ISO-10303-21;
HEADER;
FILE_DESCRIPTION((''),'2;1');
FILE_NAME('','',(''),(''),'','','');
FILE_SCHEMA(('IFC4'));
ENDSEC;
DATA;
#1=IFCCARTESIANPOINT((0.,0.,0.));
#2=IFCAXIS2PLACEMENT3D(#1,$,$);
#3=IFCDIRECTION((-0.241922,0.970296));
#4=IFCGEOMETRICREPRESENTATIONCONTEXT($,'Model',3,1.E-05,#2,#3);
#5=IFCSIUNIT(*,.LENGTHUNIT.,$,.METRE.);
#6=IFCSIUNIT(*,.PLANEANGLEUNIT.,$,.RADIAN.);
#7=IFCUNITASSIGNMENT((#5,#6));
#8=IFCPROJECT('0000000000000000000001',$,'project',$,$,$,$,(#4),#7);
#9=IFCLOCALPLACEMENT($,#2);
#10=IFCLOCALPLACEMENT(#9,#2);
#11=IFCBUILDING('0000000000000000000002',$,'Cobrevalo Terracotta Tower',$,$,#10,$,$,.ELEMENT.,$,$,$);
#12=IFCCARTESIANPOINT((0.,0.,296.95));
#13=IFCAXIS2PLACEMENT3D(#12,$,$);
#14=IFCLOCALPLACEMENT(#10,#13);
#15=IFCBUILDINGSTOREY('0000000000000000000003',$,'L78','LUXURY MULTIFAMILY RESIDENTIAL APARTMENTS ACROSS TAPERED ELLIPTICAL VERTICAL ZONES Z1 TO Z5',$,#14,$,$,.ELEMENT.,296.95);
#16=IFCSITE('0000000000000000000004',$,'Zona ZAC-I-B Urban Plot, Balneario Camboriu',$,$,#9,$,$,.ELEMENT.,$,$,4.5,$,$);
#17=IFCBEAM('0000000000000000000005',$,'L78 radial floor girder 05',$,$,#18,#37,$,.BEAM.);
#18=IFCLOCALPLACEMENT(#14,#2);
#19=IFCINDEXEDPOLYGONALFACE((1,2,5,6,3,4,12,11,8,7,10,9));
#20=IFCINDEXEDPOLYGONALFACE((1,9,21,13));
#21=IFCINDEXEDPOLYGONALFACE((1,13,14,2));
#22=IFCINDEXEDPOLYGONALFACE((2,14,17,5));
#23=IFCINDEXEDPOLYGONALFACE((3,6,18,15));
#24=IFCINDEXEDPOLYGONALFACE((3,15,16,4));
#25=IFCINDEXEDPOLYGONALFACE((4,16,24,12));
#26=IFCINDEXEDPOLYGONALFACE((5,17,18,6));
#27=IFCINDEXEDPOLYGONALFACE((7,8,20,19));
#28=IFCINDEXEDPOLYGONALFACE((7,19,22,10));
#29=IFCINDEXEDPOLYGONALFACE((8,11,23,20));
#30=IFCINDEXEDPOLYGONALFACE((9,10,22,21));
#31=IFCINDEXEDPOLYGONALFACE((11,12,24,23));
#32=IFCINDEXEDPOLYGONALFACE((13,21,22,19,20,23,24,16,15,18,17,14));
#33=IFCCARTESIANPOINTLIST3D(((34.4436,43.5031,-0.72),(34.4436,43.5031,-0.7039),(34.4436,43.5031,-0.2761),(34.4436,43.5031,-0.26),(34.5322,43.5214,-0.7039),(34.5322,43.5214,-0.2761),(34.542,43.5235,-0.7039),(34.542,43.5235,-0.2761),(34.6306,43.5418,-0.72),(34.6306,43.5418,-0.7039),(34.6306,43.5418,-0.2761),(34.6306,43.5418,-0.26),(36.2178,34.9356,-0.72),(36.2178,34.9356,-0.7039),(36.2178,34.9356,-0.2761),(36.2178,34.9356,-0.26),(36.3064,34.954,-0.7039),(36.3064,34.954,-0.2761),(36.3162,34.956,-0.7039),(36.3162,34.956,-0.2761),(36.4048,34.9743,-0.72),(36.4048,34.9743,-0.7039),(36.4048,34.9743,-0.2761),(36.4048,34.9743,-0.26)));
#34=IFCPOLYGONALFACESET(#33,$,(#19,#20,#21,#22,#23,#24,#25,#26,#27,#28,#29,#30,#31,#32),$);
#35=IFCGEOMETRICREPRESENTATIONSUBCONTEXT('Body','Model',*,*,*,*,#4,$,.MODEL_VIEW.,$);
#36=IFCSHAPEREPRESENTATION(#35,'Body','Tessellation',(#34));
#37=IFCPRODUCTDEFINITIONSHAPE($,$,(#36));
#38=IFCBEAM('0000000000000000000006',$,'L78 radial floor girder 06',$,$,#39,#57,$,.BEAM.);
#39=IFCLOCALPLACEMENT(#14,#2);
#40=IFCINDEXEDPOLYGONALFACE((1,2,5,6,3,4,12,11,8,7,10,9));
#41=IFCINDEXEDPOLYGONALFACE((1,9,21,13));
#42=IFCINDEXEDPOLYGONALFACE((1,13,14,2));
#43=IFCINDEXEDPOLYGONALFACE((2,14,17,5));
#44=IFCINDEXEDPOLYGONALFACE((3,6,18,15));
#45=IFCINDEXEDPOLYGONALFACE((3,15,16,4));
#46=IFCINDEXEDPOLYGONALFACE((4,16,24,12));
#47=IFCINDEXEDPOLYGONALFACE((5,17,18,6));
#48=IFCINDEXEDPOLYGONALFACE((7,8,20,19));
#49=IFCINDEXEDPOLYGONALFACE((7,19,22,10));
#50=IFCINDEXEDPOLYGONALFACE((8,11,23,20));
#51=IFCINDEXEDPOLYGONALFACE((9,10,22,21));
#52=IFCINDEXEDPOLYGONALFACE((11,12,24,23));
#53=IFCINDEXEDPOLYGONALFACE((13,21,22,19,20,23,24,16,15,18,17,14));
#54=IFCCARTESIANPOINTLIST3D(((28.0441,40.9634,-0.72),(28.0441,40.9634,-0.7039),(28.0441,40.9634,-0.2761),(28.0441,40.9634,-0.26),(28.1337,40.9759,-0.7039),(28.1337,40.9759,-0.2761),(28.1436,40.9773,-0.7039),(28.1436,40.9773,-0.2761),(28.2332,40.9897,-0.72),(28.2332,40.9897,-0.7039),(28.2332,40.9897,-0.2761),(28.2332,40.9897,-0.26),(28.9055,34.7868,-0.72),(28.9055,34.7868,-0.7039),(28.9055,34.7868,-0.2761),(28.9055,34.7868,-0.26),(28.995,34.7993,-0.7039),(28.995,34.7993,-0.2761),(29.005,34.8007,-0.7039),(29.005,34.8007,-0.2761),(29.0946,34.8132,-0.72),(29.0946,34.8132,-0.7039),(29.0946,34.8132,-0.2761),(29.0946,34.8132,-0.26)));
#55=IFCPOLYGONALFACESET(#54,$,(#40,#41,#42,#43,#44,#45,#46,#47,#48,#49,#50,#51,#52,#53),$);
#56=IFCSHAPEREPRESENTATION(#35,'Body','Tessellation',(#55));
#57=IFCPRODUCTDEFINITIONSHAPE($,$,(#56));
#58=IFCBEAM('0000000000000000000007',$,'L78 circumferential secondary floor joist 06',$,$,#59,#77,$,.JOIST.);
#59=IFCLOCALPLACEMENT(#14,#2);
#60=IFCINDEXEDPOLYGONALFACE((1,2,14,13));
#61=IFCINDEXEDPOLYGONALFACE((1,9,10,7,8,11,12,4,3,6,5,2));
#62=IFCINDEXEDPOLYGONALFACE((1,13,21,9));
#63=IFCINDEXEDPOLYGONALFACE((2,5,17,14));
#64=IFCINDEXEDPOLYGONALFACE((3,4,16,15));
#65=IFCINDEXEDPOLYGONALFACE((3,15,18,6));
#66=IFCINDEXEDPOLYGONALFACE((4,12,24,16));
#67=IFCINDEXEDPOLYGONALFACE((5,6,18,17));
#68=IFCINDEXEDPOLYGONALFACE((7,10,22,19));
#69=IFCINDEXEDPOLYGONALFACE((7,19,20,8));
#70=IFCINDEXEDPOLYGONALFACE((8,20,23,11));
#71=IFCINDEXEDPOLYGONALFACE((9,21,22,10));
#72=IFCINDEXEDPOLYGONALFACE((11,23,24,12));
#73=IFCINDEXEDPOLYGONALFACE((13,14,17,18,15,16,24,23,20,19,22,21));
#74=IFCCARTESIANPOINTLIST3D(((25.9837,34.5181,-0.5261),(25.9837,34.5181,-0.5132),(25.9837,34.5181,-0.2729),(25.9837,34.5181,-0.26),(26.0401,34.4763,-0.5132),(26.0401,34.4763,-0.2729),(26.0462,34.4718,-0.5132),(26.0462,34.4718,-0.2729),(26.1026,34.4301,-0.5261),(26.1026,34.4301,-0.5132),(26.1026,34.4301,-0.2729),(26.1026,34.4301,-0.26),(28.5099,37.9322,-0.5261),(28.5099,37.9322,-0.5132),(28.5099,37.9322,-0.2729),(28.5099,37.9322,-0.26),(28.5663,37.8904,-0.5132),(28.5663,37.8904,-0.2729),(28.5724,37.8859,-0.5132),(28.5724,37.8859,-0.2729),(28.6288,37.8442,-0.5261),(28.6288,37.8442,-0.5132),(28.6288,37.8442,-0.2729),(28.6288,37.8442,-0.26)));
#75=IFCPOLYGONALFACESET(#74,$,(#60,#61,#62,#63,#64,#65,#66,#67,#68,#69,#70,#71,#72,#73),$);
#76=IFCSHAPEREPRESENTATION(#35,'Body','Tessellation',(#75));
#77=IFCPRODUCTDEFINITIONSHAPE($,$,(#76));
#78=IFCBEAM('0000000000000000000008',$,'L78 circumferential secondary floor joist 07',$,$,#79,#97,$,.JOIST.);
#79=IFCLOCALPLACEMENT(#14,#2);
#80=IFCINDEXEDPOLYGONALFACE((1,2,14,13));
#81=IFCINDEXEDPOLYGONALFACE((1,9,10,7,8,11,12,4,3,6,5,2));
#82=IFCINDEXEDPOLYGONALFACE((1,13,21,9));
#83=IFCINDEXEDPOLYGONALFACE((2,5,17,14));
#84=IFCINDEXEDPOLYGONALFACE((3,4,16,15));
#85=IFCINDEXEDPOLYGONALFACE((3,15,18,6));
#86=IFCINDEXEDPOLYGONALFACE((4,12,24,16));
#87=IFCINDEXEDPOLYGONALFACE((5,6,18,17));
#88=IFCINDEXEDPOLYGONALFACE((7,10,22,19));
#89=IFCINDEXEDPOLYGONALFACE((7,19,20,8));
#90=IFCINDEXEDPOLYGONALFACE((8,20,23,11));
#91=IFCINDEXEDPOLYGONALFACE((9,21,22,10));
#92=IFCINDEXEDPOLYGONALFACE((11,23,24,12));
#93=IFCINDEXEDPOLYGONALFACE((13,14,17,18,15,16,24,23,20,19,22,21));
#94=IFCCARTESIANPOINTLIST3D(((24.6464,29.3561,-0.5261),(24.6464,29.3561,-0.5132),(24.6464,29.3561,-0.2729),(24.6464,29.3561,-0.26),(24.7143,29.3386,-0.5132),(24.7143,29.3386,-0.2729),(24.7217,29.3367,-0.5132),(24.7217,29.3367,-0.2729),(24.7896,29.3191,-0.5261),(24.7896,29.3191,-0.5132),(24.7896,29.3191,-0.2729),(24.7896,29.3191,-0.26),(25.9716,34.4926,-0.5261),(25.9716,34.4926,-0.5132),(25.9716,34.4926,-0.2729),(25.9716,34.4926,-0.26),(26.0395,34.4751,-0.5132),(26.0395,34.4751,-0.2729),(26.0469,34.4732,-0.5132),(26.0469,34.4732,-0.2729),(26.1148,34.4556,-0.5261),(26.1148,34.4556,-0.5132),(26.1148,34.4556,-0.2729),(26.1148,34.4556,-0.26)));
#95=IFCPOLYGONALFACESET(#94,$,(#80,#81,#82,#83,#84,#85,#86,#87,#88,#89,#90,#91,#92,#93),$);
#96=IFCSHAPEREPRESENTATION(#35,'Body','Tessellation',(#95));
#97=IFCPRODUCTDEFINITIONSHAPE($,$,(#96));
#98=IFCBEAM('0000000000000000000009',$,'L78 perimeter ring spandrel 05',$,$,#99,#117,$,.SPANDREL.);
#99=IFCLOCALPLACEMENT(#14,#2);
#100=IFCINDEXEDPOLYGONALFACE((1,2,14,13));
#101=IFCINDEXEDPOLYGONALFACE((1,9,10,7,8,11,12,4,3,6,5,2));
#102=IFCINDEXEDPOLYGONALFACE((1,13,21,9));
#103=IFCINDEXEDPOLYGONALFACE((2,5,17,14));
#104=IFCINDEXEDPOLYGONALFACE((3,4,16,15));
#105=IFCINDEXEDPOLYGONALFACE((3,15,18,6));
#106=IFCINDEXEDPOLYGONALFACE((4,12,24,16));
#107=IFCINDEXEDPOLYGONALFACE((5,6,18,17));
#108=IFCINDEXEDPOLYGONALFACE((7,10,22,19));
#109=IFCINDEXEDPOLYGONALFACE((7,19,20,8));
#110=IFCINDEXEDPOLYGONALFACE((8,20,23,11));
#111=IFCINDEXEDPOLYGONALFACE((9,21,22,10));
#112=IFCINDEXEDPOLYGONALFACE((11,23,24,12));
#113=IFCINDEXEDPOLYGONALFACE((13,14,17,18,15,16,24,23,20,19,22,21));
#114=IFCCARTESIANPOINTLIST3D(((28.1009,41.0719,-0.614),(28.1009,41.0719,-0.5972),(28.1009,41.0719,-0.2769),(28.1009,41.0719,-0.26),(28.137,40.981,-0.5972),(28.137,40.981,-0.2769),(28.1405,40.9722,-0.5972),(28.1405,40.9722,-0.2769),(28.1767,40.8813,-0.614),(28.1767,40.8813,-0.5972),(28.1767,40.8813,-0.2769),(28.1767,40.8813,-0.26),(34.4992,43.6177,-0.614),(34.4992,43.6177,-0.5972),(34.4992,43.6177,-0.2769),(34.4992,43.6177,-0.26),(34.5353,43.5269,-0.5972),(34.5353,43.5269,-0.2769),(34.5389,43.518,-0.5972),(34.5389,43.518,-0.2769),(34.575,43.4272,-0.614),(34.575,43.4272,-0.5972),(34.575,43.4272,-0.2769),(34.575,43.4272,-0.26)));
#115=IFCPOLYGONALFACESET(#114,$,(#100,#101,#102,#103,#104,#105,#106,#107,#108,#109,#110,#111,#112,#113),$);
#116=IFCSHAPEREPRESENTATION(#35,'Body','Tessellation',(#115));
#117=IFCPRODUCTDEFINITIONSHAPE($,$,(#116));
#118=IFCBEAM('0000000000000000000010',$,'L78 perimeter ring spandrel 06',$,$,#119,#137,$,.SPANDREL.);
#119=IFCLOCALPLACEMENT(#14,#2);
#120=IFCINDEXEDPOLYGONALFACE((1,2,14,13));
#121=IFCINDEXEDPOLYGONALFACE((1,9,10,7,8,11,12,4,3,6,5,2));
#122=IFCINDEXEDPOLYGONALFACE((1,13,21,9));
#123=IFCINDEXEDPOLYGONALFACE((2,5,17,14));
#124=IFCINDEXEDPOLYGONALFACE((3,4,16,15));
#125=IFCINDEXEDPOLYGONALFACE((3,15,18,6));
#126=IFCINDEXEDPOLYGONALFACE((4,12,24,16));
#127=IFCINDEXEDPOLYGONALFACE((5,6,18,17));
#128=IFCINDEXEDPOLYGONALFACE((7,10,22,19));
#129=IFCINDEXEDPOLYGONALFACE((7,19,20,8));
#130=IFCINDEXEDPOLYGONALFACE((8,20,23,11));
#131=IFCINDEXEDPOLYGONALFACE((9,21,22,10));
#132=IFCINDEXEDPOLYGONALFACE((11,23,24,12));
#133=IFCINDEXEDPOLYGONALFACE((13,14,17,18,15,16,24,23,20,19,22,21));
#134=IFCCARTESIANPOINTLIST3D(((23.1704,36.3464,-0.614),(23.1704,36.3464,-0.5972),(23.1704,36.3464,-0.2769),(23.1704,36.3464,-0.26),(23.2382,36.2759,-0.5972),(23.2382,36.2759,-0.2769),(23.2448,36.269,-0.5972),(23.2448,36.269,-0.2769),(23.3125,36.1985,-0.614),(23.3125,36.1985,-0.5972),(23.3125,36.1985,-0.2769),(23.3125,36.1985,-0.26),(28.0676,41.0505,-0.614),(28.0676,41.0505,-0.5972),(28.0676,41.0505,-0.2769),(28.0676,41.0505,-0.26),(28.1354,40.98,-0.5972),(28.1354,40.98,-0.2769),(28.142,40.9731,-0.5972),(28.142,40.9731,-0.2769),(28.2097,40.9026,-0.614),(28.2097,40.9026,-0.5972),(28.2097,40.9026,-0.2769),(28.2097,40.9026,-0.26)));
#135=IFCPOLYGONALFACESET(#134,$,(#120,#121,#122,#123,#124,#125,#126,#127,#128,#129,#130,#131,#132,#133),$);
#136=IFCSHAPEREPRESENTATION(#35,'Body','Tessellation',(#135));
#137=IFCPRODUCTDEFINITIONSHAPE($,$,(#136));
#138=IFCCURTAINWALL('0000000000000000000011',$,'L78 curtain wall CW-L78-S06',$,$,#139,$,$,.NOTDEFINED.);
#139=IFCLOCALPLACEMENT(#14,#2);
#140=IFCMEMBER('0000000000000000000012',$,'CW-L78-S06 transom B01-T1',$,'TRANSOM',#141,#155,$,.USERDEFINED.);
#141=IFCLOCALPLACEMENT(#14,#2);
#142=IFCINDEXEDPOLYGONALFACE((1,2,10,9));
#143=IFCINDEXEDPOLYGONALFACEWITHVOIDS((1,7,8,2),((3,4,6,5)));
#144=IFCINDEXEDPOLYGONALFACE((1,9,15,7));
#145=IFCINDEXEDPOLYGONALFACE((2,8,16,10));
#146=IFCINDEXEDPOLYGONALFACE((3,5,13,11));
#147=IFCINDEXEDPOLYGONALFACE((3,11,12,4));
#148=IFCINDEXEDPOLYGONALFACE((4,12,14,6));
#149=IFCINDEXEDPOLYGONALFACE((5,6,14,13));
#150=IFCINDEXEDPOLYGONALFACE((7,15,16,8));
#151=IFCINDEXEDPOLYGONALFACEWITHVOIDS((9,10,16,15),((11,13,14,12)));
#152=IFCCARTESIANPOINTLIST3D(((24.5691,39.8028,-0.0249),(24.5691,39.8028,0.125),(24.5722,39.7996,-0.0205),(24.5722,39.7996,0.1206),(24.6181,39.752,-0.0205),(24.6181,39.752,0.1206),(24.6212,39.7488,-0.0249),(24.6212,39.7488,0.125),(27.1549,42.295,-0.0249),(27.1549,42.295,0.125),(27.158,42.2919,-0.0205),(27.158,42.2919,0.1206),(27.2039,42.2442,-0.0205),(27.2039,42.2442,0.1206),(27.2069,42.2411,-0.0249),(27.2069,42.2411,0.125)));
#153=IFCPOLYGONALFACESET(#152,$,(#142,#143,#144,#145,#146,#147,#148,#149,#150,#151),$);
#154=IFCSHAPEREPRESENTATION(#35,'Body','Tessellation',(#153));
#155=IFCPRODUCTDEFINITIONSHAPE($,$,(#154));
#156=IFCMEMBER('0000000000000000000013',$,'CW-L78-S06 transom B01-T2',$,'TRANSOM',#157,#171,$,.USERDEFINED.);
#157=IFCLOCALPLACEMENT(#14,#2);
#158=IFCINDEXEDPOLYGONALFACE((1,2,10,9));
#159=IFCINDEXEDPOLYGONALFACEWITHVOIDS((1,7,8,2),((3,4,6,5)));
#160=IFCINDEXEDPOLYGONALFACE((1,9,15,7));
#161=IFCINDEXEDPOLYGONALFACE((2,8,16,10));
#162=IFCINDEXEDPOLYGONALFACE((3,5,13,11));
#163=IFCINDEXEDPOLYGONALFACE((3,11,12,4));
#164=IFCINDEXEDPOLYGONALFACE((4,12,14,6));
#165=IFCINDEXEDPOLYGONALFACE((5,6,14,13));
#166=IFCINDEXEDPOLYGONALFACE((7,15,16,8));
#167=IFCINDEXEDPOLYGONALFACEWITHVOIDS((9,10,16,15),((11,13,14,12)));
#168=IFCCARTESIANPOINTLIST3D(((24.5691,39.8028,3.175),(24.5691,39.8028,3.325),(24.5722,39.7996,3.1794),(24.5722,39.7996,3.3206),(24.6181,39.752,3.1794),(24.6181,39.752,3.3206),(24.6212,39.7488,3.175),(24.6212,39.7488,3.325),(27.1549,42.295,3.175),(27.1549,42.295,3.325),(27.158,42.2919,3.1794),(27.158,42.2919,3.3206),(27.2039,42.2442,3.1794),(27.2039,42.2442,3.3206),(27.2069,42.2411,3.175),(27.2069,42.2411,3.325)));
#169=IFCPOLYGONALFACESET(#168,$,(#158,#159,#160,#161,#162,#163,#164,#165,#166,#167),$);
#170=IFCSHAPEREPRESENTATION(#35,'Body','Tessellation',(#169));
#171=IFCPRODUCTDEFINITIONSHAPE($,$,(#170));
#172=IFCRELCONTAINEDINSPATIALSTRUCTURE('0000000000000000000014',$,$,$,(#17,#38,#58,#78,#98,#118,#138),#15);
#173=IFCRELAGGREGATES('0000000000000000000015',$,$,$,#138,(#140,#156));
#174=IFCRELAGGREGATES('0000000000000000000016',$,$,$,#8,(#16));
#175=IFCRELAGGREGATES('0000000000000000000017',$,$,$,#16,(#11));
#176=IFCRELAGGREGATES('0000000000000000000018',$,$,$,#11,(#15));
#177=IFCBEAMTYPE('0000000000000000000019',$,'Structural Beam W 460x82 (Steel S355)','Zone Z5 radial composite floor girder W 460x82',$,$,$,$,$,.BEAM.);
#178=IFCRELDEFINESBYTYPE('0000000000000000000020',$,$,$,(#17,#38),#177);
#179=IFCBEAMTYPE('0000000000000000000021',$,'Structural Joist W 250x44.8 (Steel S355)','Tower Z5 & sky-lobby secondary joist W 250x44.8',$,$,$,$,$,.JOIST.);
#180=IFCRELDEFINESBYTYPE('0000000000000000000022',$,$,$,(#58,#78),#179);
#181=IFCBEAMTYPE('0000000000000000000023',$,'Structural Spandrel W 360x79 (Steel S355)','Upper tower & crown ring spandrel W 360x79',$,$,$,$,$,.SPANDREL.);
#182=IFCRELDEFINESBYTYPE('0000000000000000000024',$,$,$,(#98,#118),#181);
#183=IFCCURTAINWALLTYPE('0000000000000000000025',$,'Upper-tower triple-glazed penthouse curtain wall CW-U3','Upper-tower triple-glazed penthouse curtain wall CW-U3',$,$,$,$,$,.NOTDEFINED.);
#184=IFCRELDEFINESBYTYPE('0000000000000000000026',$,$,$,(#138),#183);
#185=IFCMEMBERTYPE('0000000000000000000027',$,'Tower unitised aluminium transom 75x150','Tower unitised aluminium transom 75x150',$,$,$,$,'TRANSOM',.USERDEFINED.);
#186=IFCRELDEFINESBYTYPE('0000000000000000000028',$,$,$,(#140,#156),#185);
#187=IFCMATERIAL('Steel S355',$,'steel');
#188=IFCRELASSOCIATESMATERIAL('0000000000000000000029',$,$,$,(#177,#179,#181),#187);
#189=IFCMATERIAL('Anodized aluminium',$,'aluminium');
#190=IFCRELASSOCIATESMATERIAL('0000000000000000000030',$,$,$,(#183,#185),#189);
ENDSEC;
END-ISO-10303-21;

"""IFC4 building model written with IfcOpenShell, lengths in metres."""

from ifc_helpers import new_model, si_unit, direction, frame, origin, origin_2d, place, context, subcontext, project, spatial, hollow_rectangle, i_section, extrude, source, transform, mapped, material, material_profile, profile_set, type_object, element, aggregate, save


model = new_model("IFC4")

# Units and contexts
model_context = context("Model", 3, precision=1e-05, world=origin(), true_north=direction((-0.241922, 0.970296)))
body_context = subcontext(model_context, "Body", "Model", "MODEL_VIEW")
ifc_project = project(units=[si_unit("LENGTHUNIT", "METRE"), si_unit("PLANEANGLEUNIT", "RADIAN")], contexts=[model_context])

# Site, building, storey
site_placement = place(None, origin())
site = spatial("IfcSite", under=ifc_project, at=site_placement, Name="Zona ZAC-I-B Urban Plot, Balneario Camboriu", CompositionType="ELEMENT", RefElevation=4.5)
building_placement = place(site_placement, origin())
building = spatial("IfcBuilding", under=site, at=building_placement, Name="Cobrevalo Terracotta Tower", CompositionType="ELEMENT")
storey_placement = place(building_placement, frame((0.0, 0.0, 296.95)))
storey = spatial("IfcBuildingStorey", under=building, at=storey_placement, Name="L78", Description="LUXURY MULTIFAMILY RESIDENTIAL APARTMENTS ACROSS TAPERED ELLIPTICAL VERTICAL ZONES Z1 TO Z5", CompositionType="ELEMENT", Elevation=296.95)

# Shared definitions
ifc_material_1 = material(Name="Steel S355", Category="steel")

# Beams
ifc_material_profile_1 = material_profile(ifc_material_1, i_section(OverallWidth=0.1909, OverallDepth=0.46, WebThickness=0.01, FlangeThickness=0.0161, at=origin_2d()), Name="W 460x82")
ifc_profile_set_1 = profile_set([ifc_material_profile_1], Name="Steel S355")
beam_type_1 = type_object("IfcBeamType", Name="Structural Beam W 460x82 (Steel S355)", Description="Zone Z5 radial composite floor girder W 460x82", PredefinedType="BEAM", material=ifc_profile_set_1)
beam_1_placement = place(storey_placement, frame((34.5371, 43.5225, -0.49), z_axis=(0.202782, -0.979224, 0.0), x_axis=(0.979224, 0.202782, 0.0)))
element("IfcBeam", 1, at=beam_1_placement, inside=storey, type_object=beam_type_1, Name="L78 radial floor girder 05", PredefinedType="BEAM", context=body_context, shape_type="SweptSolid", body=[
    extrude(i_section(OverallWidth=0.1909, OverallDepth=0.46, WebThickness=0.01, FlangeThickness=0.0161, at=origin_2d()), origin(), (0.0, 0.0, 1.0), 8.7493),
])
beam_2_placement = place(storey_placement, frame((28.1387, 40.9766, -0.49), z_axis=(0.138116, -0.990416, 0.0), x_axis=(0.990416, 0.138116, 0.0)))
element("IfcBeam", 2, at=beam_2_placement, inside=storey, type_object=beam_type_1, Name="L78 radial floor girder 06", PredefinedType="BEAM", context=body_context, shape_type="SweptSolid", body=[
    extrude(i_section(OverallWidth=0.1909, OverallDepth=0.46, WebThickness=0.01, FlangeThickness=0.0161, at=origin_2d()), origin(), (0.0, 0.0, 1.0), 6.2363),
])
ifc_material_profile_2 = material_profile(ifc_material_1, i_section(OverallWidth=0.1479, OverallDepth=0.2661, WebThickness=0.0076, FlangeThickness=0.0129, at=origin_2d()), Name="W 250x44.8")
ifc_profile_set_2 = profile_set([ifc_material_profile_2], Name="Steel S355")
beam_type_2 = type_object("IfcBeamType", Name="Structural Joist W 250x44.8 (Steel S355)", Description="Tower Z5 & sky-lobby secondary joist W 250x44.8", PredefinedType="JOIST", material=ifc_profile_set_2)
beam_3_placement = place(storey_placement, frame((28.5693, 37.8882, -0.3931), z_axis=(-0.5948, -0.803874, 0.0), x_axis=(0.803874, -0.5948, 0.0)))
element("IfcBeam", 3, at=beam_3_placement, inside=storey, type_object=beam_type_2, Name="L78 circumferential secondary floor joist 06", PredefinedType="JOIST", context=body_context, shape_type="SweptSolid", body=[
    extrude(i_section(OverallWidth=0.1479, OverallDepth=0.2661, WebThickness=0.0076, FlangeThickness=0.0129, at=origin_2d()), origin(), (0.0, 0.0, 1.0), 4.2471),
])
beam_4_placement = place(storey_placement, frame((26.0432, 34.4741, -0.3931), z_axis=(-0.249817, -0.968293, 0.0), x_axis=(0.968293, -0.249817, 0.0)))
element("IfcBeam", 4, at=beam_4_placement, inside=storey, type_object=beam_type_2, Name="L78 circumferential secondary floor joist 07", PredefinedType="JOIST", context=body_context, shape_type="SweptSolid", body=[
    extrude(i_section(OverallWidth=0.1479, OverallDepth=0.2661, WebThickness=0.0076, FlangeThickness=0.0129, at=origin_2d()), origin(), (0.0, 0.0, 1.0), 5.3047),
])
ifc_material_profile_3 = material_profile(ifc_material_1, i_section(OverallWidth=0.2051, OverallDepth=0.354, WebThickness=0.0095, FlangeThickness=0.0168, at=origin_2d()), Name="W 360x79")
ifc_profile_set_3 = profile_set([ifc_material_profile_3], Name="Steel S355")
beam_type_3 = type_object("IfcBeamType", Name="Structural Spandrel W 360x79 (Steel S355)", Description="Upper tower & crown ring spandrel W 360x79", PredefinedType="SPANDREL", material=ifc_profile_set_3)
beam_5_placement = place(storey_placement, frame((34.5371, 43.5225, -0.437), z_axis=(-0.92915, -0.369703, 0.0), x_axis=(0.369703, -0.92915, 0.0)))
element("IfcBeam", 5, at=beam_5_placement, inside=storey, type_object=beam_type_3, Name="L78 perimeter ring spandrel 05", PredefinedType="SPANDREL", context=body_context, shape_type="SweptSolid", body=[
    extrude(i_section(OverallWidth=0.2051, OverallDepth=0.354, WebThickness=0.0095, FlangeThickness=0.0168, at=origin_2d()), origin(), (0.0, 0.0, 1.0), 6.8862),
])
beam_6_placement = place(storey_placement, frame((28.1387, 40.9766, -0.437), z_axis=(-0.721183, -0.692744, 0.0), x_axis=(0.692744, -0.721183, 0.0)))
element("IfcBeam", 6, at=beam_6_placement, inside=storey, type_object=beam_type_3, Name="L78 perimeter ring spandrel 06", PredefinedType="SPANDREL", context=body_context, shape_type="SweptSolid", body=[
    extrude(i_section(OverallWidth=0.2051, OverallDepth=0.354, WebThickness=0.0095, FlangeThickness=0.0168, at=origin_2d()), origin(), (0.0, 0.0, 1.0), 6.7905),
])

# Curtain wall, members
ifc_material_2 = material(Name="Anodized aluminium", Category="aluminium")
curtain_wall_type = type_object("IfcCurtainWallType", Name="Upper-tower triple-glazed penthouse curtain wall CW-U3", Description="Upper-tower triple-glazed penthouse curtain wall CW-U3", PredefinedType="NOTDEFINED", material=ifc_material_2)
curtain_wall_placement = place(storey_placement, origin())
curtain_wall = element("IfcCurtainWall", 7, at=curtain_wall_placement, inside=storey, type_object=curtain_wall_type, Name="L78 curtain wall CW-L78-S06", PredefinedType="NOTDEFINED")
ifc_material_profile_4 = material_profile(ifc_material_2, hollow_rectangle(XDim=0.075, YDim=0.1499, WallThickness=0.0044, at=origin_2d()), Name="CWT 75x150")
ifc_profile_set_4 = profile_set([ifc_material_profile_4], Name="Anodized aluminium")
member_type_1 = type_object("IfcMemberType", Name="Tower unitised aluminium transom 75x150", Description="Tower unitised aluminium transom 75x150", ElementType="TRANSOM", PredefinedType="USERDEFINED", material=ifc_profile_set_4)
shared_shape_1 = source(origin(), body_context, "Body", "SweptSolid", [
    extrude(hollow_rectangle(XDim=0.075, YDim=0.1499, WallThickness=0.0044, at=origin_2d()), origin(), (0.0, 0.0, 1.0), 3.5913),
])
member_1_placement = place(storey_placement, frame((27.1809, 42.2681, 0.05), z_axis=(-0.720006, -0.693968, 0.0), x_axis=(0.693968, -0.720006, 0.0)))
member_1 = element("IfcMember", 8, at=member_1_placement, type_object=member_type_1, Name="CW-L78-S06 transom B01-T1", ObjectType="TRANSOM", PredefinedType="USERDEFINED", context=body_context, shape_type="MappedRepresentation", body=[
    mapped(shared_shape_1, transform((0.0, 0.0, 0.0), scale=1.0)),
])
member_2_placement = place(storey_placement, frame((27.1809, 42.2681, 3.25), z_axis=(-0.720006, -0.693968, 0.0), x_axis=(0.693968, -0.720006, 0.0)))
member_2 = element("IfcMember", 9, at=member_2_placement, type_object=member_type_1, Name="CW-L78-S06 transom B01-T2", ObjectType="TRANSOM", PredefinedType="USERDEFINED", context=body_context, shape_type="MappedRepresentation", body=[
    mapped(shared_shape_1, transform((0.0, 0.0, 0.0), scale=1.0)),
])
aggregate(curtain_wall, [member_1, member_2])

save(model, "model.ifc")
